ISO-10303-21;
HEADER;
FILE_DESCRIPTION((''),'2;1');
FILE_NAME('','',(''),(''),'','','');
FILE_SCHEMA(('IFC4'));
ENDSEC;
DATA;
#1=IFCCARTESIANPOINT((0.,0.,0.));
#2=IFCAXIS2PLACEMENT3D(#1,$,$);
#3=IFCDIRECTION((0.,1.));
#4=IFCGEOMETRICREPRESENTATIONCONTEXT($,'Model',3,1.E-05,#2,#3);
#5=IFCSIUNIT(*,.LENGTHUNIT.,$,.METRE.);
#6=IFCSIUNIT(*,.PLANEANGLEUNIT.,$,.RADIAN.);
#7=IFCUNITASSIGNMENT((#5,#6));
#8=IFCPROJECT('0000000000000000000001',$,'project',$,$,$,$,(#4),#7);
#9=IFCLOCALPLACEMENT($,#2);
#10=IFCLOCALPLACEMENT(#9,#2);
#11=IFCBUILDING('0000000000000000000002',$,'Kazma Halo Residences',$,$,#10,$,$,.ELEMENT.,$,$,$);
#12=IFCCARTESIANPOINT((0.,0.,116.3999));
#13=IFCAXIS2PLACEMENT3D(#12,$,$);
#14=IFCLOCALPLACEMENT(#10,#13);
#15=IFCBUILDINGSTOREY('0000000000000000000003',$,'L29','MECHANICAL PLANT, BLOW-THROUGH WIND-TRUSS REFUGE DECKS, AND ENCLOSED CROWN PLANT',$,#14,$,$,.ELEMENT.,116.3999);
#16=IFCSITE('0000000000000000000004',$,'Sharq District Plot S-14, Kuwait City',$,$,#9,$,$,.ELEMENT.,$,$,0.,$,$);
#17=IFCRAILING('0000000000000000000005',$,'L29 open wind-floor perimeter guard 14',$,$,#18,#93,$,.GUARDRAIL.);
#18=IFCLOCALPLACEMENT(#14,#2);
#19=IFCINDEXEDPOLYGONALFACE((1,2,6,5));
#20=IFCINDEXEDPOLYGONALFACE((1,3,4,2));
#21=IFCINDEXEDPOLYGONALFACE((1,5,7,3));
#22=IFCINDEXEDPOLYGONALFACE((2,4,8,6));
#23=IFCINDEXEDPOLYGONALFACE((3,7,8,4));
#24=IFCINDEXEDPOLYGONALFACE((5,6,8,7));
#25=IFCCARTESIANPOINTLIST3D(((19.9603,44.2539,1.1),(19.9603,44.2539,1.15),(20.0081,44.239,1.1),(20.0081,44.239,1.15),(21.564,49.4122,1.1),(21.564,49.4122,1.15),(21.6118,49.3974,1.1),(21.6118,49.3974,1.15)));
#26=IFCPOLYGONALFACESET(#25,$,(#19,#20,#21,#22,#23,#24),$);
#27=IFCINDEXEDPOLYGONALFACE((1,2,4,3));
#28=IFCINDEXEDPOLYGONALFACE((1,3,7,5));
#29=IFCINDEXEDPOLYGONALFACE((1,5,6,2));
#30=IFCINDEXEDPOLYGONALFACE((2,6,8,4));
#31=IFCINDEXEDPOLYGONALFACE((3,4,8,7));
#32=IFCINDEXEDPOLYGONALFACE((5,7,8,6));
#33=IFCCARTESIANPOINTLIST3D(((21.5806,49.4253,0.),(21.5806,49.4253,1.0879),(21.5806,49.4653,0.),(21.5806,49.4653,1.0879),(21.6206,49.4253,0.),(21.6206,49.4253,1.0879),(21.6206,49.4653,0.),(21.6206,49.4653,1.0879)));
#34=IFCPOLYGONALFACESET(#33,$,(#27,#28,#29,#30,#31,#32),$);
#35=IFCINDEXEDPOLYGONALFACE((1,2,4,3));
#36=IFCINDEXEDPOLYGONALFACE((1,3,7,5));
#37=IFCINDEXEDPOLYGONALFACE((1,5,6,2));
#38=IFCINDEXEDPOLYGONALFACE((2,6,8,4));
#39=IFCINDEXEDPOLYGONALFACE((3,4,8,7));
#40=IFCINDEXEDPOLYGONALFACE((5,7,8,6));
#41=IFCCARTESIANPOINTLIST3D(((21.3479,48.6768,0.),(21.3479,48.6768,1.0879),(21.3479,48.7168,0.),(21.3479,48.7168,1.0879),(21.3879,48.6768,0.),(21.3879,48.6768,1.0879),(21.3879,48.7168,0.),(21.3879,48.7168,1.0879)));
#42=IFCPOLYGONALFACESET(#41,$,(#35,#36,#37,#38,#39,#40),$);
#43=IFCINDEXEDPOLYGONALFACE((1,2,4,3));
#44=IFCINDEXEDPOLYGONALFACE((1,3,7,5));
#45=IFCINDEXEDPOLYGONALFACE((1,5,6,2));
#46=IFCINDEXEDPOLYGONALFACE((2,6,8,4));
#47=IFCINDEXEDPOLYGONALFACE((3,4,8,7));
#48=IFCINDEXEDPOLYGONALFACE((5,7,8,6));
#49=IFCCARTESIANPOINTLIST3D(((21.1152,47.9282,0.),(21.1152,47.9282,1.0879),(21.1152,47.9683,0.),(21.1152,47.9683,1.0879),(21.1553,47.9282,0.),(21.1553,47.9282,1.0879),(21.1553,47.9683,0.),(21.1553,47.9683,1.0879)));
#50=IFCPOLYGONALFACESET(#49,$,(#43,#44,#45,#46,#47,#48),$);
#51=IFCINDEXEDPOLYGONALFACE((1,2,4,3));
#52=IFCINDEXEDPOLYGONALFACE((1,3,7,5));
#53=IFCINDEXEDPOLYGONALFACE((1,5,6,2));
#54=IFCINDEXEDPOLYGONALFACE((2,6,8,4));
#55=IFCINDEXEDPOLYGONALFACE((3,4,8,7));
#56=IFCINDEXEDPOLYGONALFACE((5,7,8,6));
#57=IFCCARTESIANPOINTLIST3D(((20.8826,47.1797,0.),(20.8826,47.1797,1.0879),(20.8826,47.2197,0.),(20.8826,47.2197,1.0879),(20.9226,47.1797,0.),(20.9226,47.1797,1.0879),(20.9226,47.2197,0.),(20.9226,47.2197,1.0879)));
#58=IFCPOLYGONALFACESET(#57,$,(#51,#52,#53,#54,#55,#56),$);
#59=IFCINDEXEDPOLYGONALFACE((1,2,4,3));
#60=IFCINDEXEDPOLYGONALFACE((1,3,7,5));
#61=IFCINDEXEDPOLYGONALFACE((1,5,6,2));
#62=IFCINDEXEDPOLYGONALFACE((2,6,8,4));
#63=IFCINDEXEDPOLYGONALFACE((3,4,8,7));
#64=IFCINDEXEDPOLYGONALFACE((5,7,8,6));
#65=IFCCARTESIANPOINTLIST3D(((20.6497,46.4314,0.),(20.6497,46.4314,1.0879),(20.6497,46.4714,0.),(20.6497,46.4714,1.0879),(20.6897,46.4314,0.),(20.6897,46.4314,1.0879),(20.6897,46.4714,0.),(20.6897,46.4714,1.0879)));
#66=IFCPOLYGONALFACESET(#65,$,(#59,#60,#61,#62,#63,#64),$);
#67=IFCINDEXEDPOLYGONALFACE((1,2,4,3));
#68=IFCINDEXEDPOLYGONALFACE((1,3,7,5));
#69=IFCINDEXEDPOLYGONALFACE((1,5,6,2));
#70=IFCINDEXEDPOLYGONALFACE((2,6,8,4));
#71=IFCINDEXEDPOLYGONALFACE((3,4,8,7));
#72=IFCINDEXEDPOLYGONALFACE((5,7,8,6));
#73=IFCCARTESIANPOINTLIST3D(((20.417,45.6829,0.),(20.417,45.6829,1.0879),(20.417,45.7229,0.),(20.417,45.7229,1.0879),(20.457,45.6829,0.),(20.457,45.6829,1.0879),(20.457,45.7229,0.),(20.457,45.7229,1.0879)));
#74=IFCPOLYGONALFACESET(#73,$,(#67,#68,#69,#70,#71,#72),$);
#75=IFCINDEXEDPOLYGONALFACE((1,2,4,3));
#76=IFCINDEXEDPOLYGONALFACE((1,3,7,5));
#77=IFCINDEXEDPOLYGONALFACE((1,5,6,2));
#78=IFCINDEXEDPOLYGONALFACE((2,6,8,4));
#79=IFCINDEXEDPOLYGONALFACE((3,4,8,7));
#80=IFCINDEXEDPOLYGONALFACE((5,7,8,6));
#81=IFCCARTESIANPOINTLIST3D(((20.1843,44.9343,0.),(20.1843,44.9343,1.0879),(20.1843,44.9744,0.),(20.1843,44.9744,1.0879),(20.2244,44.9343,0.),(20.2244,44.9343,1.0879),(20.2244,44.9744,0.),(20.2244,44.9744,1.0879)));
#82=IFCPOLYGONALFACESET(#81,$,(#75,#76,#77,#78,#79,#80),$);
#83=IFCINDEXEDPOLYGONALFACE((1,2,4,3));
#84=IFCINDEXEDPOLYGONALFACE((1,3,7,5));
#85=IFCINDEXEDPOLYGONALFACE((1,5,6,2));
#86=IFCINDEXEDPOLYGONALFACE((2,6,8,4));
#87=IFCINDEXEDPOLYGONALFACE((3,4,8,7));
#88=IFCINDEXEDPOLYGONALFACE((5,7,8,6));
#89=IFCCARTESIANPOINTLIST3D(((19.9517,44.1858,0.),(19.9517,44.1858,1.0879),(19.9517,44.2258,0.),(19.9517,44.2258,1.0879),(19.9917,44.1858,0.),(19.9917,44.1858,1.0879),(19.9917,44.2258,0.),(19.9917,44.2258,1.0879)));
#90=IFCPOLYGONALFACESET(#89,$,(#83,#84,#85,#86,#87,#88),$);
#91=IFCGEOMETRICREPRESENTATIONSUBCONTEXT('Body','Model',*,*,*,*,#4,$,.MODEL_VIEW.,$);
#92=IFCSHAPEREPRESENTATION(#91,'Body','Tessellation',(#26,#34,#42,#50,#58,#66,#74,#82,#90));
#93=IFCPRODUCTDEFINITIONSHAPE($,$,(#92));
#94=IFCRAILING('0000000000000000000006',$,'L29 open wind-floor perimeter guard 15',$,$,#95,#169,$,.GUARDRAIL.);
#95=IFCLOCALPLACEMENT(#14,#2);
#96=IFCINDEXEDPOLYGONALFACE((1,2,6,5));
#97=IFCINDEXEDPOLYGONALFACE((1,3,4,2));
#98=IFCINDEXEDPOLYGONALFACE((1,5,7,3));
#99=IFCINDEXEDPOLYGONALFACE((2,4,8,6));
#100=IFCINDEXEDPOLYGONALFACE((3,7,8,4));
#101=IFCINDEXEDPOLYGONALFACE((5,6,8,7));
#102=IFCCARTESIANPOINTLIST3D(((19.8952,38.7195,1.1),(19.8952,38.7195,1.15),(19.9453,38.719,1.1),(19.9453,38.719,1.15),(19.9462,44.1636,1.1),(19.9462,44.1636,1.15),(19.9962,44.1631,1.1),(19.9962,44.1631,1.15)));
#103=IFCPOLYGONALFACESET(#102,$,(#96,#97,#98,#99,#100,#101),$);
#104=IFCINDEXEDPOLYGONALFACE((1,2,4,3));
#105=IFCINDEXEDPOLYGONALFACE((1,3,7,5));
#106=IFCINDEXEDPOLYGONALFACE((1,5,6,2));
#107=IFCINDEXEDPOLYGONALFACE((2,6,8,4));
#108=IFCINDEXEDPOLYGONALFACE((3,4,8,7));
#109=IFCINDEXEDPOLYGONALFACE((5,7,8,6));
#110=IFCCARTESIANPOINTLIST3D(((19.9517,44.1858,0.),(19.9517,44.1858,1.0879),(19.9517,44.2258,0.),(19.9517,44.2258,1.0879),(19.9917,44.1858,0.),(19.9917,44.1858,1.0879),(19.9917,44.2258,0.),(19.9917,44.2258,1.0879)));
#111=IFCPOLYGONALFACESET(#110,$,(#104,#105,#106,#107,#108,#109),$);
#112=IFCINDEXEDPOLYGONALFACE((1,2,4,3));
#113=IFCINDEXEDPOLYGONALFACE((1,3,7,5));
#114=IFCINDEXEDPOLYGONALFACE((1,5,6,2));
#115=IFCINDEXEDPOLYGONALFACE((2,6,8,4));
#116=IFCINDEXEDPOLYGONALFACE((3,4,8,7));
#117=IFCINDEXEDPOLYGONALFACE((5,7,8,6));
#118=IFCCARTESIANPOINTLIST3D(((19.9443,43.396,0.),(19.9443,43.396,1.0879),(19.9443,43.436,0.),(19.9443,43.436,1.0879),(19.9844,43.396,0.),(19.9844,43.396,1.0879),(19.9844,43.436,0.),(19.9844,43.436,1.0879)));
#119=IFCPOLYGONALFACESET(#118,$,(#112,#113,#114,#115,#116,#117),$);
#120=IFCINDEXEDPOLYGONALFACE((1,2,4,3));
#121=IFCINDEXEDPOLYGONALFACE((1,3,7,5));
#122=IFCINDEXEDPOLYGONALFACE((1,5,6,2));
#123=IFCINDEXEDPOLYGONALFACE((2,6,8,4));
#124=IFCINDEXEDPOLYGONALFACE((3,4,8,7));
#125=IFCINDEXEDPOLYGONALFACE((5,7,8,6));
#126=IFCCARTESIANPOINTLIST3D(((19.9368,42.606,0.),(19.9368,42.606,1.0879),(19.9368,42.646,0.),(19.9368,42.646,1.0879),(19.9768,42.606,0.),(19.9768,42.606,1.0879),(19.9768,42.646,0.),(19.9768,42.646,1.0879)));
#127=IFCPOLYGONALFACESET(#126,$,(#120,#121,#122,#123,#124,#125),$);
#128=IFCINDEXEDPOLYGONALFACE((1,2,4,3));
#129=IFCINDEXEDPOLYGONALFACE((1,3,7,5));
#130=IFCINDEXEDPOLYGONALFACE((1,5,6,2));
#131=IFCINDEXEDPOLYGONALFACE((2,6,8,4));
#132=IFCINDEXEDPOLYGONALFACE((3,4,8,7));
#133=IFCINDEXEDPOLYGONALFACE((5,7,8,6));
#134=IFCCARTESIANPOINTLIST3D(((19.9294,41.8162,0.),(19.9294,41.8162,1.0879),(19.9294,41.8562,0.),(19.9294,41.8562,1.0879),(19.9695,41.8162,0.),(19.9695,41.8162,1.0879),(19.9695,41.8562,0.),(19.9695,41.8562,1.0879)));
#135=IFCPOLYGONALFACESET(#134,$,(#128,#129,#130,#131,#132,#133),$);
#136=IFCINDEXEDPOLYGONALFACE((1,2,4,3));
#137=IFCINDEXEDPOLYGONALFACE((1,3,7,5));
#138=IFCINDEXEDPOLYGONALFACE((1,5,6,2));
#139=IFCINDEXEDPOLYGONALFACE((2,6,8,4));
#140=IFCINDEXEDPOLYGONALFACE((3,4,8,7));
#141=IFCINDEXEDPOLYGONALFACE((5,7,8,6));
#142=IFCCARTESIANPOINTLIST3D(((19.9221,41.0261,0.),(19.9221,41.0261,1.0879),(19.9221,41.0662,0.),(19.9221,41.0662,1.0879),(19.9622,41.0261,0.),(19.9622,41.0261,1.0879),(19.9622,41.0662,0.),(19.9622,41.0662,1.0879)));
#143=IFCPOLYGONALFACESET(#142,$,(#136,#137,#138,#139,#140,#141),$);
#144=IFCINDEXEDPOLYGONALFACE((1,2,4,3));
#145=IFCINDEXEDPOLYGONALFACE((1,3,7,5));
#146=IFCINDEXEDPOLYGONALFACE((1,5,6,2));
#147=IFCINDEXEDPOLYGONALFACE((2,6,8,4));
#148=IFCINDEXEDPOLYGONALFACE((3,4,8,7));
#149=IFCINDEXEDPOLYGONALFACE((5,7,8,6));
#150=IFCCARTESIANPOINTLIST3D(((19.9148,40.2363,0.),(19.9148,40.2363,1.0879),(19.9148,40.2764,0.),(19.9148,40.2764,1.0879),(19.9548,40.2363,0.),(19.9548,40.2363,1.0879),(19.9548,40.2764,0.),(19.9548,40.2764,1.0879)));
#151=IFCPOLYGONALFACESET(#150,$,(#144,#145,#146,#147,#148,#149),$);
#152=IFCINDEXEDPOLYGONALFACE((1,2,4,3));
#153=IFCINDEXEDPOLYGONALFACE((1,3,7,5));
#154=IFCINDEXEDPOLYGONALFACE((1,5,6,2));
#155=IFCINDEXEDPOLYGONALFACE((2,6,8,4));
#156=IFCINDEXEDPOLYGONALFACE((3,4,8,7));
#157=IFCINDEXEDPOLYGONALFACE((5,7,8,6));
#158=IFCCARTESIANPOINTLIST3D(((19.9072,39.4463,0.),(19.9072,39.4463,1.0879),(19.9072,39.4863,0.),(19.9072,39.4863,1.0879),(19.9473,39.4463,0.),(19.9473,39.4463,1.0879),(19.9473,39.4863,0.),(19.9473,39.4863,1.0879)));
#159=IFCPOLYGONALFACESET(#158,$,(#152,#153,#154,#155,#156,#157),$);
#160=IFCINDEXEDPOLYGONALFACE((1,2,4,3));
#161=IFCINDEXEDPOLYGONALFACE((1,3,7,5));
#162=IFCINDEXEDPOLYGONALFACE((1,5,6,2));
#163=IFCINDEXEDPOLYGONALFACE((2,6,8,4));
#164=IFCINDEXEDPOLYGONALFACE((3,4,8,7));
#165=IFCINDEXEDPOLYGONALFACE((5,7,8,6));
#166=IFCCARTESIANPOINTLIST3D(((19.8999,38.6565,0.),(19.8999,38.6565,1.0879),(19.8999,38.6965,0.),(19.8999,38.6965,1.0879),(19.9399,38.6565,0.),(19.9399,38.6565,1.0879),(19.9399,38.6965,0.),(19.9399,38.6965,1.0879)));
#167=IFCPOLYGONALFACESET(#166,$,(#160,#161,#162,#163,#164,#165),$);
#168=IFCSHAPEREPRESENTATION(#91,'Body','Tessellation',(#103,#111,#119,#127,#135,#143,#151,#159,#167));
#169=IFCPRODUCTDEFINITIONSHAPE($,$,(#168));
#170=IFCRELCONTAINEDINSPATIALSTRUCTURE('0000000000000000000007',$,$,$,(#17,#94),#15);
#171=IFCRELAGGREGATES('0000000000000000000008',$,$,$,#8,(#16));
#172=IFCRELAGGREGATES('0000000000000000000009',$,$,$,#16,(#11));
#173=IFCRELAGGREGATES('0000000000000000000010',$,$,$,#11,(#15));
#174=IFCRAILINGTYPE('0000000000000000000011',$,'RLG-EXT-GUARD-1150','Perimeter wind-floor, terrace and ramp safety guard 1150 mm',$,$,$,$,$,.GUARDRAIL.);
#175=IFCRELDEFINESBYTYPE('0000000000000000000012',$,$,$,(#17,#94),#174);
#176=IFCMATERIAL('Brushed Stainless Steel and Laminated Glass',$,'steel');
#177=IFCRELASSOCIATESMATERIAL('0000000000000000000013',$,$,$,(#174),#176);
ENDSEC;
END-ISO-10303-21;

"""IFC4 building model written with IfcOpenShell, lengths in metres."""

from ifc_helpers import new_model, si_unit, direction, frame, origin, origin_2d, place, context, subcontext, project, spatial, rectangle, extrude, material, type_object, element, save


model = new_model("IFC4")

# Units and contexts
model_context = context("Model", 3, precision=1e-05, world=origin(), true_north=direction((0.0, 1.0)))
body_context = subcontext(model_context, "Body", "Model", "MODEL_VIEW")
ifc_project = project(units=[si_unit("LENGTHUNIT", "METRE"), si_unit("PLANEANGLEUNIT", "RADIAN")], contexts=[model_context])

# Site, building, storey
site_placement = place(None, origin())
site = spatial("IfcSite", under=ifc_project, at=site_placement, Name="Sharq District Plot S-14, Kuwait City", CompositionType="ELEMENT", RefElevation=0.0)
building_placement = place(site_placement, origin())
building = spatial("IfcBuilding", under=site, at=building_placement, Name="Kazma Halo Residences", CompositionType="ELEMENT")
storey_placement = place(building_placement, frame((0.0, 0.0, 116.3999)))
storey = spatial("IfcBuildingStorey", under=building, at=storey_placement, Name="L29", Description="MECHANICAL PLANT, BLOW-THROUGH WIND-TRUSS REFUGE DECKS, AND ENCLOSED CROWN PLANT", CompositionType="ELEMENT", Elevation=116.3999)

# Railings
ifc_material_1 = material(Name="Brushed Stainless Steel and Laminated Glass", Category="steel")
railing_type = type_object("IfcRailingType", Name="RLG-EXT-GUARD-1150", Description="Perimeter wind-floor, terrace and ramp safety guard 1150 mm", PredefinedType="GUARDRAIL", material=ifc_material_1)
railing_1_placement = place(storey_placement, frame((21.6006, 49.4453, 0.0)))
element("IfcRailing", 1, at=railing_1_placement, inside=storey, type_object=railing_type, Name="L29 open wind-floor perimeter guard 14", PredefinedType="GUARDRAIL", context=body_context, shape_type="SweptSolid", body=[
    extrude(rectangle(XDim=0.05, YDim=0.05, at=origin_2d()), frame((-0.0127, -0.0405, 1.125), z_axis=(-0.296874, -0.954917, 0.0), x_axis=(0.954917, -0.296874, 0.0)), (0.0, 0.0, 1.0), 5.4019),
    extrude(rectangle(XDim=0.04, YDim=0.04, at=origin_2d()), origin(), (0.0, 0.0, 1.0), 1.0879),
    extrude(rectangle(XDim=0.04, YDim=0.04, at=origin_2d()), frame((-0.2327, -0.7485, 0.0)), (0.0, 0.0, 1.0), 1.0879),
    extrude(rectangle(XDim=0.04, YDim=0.04, at=origin_2d()), frame((-0.4653, -1.4971, 0.0)), (0.0, 0.0, 1.0), 1.0879),
    extrude(rectangle(XDim=0.04, YDim=0.04, at=origin_2d()), frame((-0.698, -2.2456, 0.0)), (0.0, 0.0, 1.0), 1.0879),
    extrude(rectangle(XDim=0.04, YDim=0.04, at=origin_2d()), frame((-0.9309, -2.9939, 0.0)), (0.0, 0.0, 1.0), 1.0879),
    extrude(rectangle(XDim=0.04, YDim=0.04, at=origin_2d()), frame((-1.1636, -3.7424, 0.0)), (0.0, 0.0, 1.0), 1.0879),
    extrude(rectangle(XDim=0.04, YDim=0.04, at=origin_2d()), frame((-1.3962, -4.491, 0.0)), (0.0, 0.0, 1.0), 1.0879),
    extrude(rectangle(XDim=0.04, YDim=0.04, at=origin_2d()), frame((-1.6289, -5.2395, 0.0)), (0.0, 0.0, 1.0), 1.0879),
])
railing_2_placement = place(storey_placement, frame((19.9717, 44.2058, 0.0)))
element("IfcRailing", 2, at=railing_2_placement, inside=storey, type_object=railing_type, Name="L29 open wind-floor perimeter guard 15", PredefinedType="GUARDRAIL", context=body_context, shape_type="SweptSolid", body=[
    extrude(rectangle(XDim=0.05, YDim=0.05, at=origin_2d()), frame((-0.0005, -0.0425, 1.125), z_axis=(-0.00936, -0.999956, 0.0), x_axis=(0.999956, -0.00936, 0.0)), (0.0, 0.0, 1.0), 5.4443),
    extrude(rectangle(XDim=0.04, YDim=0.04, at=origin_2d()), origin(), (0.0, 0.0, 1.0), 1.0879),
    extrude(rectangle(XDim=0.04, YDim=0.04, at=origin_2d()), frame((-0.0073, -0.7898, 0.0)), (0.0, 0.0, 1.0), 1.0879),
    extrude(rectangle(XDim=0.04, YDim=0.04, at=origin_2d()), frame((-0.0149, -1.5798, 0.0)), (0.0, 0.0, 1.0), 1.0879),
    extrude(rectangle(XDim=0.04, YDim=0.04, at=origin_2d()), frame((-0.0222, -2.3696, 0.0)), (0.0, 0.0, 1.0), 1.0879),
    extrude(rectangle(XDim=0.04, YDim=0.04, at=origin_2d()), frame((-0.0295, -3.1597, 0.0)), (0.0, 0.0, 1.0), 1.0879),
    extrude(rectangle(XDim=0.04, YDim=0.04, at=origin_2d()), frame((-0.0369, -3.9495, 0.0)), (0.0, 0.0, 1.0), 1.0879),
    extrude(rectangle(XDim=0.04, YDim=0.04, at=origin_2d()), frame((-0.0444, -4.7395, 0.0)), (0.0, 0.0, 1.0), 1.0879),
    extrude(rectangle(XDim=0.04, YDim=0.04, at=origin_2d()), frame((-0.0518, -5.5293, 0.0)), (0.0, 0.0, 1.0), 1.0879),
])

save(model, "model.ifc")
